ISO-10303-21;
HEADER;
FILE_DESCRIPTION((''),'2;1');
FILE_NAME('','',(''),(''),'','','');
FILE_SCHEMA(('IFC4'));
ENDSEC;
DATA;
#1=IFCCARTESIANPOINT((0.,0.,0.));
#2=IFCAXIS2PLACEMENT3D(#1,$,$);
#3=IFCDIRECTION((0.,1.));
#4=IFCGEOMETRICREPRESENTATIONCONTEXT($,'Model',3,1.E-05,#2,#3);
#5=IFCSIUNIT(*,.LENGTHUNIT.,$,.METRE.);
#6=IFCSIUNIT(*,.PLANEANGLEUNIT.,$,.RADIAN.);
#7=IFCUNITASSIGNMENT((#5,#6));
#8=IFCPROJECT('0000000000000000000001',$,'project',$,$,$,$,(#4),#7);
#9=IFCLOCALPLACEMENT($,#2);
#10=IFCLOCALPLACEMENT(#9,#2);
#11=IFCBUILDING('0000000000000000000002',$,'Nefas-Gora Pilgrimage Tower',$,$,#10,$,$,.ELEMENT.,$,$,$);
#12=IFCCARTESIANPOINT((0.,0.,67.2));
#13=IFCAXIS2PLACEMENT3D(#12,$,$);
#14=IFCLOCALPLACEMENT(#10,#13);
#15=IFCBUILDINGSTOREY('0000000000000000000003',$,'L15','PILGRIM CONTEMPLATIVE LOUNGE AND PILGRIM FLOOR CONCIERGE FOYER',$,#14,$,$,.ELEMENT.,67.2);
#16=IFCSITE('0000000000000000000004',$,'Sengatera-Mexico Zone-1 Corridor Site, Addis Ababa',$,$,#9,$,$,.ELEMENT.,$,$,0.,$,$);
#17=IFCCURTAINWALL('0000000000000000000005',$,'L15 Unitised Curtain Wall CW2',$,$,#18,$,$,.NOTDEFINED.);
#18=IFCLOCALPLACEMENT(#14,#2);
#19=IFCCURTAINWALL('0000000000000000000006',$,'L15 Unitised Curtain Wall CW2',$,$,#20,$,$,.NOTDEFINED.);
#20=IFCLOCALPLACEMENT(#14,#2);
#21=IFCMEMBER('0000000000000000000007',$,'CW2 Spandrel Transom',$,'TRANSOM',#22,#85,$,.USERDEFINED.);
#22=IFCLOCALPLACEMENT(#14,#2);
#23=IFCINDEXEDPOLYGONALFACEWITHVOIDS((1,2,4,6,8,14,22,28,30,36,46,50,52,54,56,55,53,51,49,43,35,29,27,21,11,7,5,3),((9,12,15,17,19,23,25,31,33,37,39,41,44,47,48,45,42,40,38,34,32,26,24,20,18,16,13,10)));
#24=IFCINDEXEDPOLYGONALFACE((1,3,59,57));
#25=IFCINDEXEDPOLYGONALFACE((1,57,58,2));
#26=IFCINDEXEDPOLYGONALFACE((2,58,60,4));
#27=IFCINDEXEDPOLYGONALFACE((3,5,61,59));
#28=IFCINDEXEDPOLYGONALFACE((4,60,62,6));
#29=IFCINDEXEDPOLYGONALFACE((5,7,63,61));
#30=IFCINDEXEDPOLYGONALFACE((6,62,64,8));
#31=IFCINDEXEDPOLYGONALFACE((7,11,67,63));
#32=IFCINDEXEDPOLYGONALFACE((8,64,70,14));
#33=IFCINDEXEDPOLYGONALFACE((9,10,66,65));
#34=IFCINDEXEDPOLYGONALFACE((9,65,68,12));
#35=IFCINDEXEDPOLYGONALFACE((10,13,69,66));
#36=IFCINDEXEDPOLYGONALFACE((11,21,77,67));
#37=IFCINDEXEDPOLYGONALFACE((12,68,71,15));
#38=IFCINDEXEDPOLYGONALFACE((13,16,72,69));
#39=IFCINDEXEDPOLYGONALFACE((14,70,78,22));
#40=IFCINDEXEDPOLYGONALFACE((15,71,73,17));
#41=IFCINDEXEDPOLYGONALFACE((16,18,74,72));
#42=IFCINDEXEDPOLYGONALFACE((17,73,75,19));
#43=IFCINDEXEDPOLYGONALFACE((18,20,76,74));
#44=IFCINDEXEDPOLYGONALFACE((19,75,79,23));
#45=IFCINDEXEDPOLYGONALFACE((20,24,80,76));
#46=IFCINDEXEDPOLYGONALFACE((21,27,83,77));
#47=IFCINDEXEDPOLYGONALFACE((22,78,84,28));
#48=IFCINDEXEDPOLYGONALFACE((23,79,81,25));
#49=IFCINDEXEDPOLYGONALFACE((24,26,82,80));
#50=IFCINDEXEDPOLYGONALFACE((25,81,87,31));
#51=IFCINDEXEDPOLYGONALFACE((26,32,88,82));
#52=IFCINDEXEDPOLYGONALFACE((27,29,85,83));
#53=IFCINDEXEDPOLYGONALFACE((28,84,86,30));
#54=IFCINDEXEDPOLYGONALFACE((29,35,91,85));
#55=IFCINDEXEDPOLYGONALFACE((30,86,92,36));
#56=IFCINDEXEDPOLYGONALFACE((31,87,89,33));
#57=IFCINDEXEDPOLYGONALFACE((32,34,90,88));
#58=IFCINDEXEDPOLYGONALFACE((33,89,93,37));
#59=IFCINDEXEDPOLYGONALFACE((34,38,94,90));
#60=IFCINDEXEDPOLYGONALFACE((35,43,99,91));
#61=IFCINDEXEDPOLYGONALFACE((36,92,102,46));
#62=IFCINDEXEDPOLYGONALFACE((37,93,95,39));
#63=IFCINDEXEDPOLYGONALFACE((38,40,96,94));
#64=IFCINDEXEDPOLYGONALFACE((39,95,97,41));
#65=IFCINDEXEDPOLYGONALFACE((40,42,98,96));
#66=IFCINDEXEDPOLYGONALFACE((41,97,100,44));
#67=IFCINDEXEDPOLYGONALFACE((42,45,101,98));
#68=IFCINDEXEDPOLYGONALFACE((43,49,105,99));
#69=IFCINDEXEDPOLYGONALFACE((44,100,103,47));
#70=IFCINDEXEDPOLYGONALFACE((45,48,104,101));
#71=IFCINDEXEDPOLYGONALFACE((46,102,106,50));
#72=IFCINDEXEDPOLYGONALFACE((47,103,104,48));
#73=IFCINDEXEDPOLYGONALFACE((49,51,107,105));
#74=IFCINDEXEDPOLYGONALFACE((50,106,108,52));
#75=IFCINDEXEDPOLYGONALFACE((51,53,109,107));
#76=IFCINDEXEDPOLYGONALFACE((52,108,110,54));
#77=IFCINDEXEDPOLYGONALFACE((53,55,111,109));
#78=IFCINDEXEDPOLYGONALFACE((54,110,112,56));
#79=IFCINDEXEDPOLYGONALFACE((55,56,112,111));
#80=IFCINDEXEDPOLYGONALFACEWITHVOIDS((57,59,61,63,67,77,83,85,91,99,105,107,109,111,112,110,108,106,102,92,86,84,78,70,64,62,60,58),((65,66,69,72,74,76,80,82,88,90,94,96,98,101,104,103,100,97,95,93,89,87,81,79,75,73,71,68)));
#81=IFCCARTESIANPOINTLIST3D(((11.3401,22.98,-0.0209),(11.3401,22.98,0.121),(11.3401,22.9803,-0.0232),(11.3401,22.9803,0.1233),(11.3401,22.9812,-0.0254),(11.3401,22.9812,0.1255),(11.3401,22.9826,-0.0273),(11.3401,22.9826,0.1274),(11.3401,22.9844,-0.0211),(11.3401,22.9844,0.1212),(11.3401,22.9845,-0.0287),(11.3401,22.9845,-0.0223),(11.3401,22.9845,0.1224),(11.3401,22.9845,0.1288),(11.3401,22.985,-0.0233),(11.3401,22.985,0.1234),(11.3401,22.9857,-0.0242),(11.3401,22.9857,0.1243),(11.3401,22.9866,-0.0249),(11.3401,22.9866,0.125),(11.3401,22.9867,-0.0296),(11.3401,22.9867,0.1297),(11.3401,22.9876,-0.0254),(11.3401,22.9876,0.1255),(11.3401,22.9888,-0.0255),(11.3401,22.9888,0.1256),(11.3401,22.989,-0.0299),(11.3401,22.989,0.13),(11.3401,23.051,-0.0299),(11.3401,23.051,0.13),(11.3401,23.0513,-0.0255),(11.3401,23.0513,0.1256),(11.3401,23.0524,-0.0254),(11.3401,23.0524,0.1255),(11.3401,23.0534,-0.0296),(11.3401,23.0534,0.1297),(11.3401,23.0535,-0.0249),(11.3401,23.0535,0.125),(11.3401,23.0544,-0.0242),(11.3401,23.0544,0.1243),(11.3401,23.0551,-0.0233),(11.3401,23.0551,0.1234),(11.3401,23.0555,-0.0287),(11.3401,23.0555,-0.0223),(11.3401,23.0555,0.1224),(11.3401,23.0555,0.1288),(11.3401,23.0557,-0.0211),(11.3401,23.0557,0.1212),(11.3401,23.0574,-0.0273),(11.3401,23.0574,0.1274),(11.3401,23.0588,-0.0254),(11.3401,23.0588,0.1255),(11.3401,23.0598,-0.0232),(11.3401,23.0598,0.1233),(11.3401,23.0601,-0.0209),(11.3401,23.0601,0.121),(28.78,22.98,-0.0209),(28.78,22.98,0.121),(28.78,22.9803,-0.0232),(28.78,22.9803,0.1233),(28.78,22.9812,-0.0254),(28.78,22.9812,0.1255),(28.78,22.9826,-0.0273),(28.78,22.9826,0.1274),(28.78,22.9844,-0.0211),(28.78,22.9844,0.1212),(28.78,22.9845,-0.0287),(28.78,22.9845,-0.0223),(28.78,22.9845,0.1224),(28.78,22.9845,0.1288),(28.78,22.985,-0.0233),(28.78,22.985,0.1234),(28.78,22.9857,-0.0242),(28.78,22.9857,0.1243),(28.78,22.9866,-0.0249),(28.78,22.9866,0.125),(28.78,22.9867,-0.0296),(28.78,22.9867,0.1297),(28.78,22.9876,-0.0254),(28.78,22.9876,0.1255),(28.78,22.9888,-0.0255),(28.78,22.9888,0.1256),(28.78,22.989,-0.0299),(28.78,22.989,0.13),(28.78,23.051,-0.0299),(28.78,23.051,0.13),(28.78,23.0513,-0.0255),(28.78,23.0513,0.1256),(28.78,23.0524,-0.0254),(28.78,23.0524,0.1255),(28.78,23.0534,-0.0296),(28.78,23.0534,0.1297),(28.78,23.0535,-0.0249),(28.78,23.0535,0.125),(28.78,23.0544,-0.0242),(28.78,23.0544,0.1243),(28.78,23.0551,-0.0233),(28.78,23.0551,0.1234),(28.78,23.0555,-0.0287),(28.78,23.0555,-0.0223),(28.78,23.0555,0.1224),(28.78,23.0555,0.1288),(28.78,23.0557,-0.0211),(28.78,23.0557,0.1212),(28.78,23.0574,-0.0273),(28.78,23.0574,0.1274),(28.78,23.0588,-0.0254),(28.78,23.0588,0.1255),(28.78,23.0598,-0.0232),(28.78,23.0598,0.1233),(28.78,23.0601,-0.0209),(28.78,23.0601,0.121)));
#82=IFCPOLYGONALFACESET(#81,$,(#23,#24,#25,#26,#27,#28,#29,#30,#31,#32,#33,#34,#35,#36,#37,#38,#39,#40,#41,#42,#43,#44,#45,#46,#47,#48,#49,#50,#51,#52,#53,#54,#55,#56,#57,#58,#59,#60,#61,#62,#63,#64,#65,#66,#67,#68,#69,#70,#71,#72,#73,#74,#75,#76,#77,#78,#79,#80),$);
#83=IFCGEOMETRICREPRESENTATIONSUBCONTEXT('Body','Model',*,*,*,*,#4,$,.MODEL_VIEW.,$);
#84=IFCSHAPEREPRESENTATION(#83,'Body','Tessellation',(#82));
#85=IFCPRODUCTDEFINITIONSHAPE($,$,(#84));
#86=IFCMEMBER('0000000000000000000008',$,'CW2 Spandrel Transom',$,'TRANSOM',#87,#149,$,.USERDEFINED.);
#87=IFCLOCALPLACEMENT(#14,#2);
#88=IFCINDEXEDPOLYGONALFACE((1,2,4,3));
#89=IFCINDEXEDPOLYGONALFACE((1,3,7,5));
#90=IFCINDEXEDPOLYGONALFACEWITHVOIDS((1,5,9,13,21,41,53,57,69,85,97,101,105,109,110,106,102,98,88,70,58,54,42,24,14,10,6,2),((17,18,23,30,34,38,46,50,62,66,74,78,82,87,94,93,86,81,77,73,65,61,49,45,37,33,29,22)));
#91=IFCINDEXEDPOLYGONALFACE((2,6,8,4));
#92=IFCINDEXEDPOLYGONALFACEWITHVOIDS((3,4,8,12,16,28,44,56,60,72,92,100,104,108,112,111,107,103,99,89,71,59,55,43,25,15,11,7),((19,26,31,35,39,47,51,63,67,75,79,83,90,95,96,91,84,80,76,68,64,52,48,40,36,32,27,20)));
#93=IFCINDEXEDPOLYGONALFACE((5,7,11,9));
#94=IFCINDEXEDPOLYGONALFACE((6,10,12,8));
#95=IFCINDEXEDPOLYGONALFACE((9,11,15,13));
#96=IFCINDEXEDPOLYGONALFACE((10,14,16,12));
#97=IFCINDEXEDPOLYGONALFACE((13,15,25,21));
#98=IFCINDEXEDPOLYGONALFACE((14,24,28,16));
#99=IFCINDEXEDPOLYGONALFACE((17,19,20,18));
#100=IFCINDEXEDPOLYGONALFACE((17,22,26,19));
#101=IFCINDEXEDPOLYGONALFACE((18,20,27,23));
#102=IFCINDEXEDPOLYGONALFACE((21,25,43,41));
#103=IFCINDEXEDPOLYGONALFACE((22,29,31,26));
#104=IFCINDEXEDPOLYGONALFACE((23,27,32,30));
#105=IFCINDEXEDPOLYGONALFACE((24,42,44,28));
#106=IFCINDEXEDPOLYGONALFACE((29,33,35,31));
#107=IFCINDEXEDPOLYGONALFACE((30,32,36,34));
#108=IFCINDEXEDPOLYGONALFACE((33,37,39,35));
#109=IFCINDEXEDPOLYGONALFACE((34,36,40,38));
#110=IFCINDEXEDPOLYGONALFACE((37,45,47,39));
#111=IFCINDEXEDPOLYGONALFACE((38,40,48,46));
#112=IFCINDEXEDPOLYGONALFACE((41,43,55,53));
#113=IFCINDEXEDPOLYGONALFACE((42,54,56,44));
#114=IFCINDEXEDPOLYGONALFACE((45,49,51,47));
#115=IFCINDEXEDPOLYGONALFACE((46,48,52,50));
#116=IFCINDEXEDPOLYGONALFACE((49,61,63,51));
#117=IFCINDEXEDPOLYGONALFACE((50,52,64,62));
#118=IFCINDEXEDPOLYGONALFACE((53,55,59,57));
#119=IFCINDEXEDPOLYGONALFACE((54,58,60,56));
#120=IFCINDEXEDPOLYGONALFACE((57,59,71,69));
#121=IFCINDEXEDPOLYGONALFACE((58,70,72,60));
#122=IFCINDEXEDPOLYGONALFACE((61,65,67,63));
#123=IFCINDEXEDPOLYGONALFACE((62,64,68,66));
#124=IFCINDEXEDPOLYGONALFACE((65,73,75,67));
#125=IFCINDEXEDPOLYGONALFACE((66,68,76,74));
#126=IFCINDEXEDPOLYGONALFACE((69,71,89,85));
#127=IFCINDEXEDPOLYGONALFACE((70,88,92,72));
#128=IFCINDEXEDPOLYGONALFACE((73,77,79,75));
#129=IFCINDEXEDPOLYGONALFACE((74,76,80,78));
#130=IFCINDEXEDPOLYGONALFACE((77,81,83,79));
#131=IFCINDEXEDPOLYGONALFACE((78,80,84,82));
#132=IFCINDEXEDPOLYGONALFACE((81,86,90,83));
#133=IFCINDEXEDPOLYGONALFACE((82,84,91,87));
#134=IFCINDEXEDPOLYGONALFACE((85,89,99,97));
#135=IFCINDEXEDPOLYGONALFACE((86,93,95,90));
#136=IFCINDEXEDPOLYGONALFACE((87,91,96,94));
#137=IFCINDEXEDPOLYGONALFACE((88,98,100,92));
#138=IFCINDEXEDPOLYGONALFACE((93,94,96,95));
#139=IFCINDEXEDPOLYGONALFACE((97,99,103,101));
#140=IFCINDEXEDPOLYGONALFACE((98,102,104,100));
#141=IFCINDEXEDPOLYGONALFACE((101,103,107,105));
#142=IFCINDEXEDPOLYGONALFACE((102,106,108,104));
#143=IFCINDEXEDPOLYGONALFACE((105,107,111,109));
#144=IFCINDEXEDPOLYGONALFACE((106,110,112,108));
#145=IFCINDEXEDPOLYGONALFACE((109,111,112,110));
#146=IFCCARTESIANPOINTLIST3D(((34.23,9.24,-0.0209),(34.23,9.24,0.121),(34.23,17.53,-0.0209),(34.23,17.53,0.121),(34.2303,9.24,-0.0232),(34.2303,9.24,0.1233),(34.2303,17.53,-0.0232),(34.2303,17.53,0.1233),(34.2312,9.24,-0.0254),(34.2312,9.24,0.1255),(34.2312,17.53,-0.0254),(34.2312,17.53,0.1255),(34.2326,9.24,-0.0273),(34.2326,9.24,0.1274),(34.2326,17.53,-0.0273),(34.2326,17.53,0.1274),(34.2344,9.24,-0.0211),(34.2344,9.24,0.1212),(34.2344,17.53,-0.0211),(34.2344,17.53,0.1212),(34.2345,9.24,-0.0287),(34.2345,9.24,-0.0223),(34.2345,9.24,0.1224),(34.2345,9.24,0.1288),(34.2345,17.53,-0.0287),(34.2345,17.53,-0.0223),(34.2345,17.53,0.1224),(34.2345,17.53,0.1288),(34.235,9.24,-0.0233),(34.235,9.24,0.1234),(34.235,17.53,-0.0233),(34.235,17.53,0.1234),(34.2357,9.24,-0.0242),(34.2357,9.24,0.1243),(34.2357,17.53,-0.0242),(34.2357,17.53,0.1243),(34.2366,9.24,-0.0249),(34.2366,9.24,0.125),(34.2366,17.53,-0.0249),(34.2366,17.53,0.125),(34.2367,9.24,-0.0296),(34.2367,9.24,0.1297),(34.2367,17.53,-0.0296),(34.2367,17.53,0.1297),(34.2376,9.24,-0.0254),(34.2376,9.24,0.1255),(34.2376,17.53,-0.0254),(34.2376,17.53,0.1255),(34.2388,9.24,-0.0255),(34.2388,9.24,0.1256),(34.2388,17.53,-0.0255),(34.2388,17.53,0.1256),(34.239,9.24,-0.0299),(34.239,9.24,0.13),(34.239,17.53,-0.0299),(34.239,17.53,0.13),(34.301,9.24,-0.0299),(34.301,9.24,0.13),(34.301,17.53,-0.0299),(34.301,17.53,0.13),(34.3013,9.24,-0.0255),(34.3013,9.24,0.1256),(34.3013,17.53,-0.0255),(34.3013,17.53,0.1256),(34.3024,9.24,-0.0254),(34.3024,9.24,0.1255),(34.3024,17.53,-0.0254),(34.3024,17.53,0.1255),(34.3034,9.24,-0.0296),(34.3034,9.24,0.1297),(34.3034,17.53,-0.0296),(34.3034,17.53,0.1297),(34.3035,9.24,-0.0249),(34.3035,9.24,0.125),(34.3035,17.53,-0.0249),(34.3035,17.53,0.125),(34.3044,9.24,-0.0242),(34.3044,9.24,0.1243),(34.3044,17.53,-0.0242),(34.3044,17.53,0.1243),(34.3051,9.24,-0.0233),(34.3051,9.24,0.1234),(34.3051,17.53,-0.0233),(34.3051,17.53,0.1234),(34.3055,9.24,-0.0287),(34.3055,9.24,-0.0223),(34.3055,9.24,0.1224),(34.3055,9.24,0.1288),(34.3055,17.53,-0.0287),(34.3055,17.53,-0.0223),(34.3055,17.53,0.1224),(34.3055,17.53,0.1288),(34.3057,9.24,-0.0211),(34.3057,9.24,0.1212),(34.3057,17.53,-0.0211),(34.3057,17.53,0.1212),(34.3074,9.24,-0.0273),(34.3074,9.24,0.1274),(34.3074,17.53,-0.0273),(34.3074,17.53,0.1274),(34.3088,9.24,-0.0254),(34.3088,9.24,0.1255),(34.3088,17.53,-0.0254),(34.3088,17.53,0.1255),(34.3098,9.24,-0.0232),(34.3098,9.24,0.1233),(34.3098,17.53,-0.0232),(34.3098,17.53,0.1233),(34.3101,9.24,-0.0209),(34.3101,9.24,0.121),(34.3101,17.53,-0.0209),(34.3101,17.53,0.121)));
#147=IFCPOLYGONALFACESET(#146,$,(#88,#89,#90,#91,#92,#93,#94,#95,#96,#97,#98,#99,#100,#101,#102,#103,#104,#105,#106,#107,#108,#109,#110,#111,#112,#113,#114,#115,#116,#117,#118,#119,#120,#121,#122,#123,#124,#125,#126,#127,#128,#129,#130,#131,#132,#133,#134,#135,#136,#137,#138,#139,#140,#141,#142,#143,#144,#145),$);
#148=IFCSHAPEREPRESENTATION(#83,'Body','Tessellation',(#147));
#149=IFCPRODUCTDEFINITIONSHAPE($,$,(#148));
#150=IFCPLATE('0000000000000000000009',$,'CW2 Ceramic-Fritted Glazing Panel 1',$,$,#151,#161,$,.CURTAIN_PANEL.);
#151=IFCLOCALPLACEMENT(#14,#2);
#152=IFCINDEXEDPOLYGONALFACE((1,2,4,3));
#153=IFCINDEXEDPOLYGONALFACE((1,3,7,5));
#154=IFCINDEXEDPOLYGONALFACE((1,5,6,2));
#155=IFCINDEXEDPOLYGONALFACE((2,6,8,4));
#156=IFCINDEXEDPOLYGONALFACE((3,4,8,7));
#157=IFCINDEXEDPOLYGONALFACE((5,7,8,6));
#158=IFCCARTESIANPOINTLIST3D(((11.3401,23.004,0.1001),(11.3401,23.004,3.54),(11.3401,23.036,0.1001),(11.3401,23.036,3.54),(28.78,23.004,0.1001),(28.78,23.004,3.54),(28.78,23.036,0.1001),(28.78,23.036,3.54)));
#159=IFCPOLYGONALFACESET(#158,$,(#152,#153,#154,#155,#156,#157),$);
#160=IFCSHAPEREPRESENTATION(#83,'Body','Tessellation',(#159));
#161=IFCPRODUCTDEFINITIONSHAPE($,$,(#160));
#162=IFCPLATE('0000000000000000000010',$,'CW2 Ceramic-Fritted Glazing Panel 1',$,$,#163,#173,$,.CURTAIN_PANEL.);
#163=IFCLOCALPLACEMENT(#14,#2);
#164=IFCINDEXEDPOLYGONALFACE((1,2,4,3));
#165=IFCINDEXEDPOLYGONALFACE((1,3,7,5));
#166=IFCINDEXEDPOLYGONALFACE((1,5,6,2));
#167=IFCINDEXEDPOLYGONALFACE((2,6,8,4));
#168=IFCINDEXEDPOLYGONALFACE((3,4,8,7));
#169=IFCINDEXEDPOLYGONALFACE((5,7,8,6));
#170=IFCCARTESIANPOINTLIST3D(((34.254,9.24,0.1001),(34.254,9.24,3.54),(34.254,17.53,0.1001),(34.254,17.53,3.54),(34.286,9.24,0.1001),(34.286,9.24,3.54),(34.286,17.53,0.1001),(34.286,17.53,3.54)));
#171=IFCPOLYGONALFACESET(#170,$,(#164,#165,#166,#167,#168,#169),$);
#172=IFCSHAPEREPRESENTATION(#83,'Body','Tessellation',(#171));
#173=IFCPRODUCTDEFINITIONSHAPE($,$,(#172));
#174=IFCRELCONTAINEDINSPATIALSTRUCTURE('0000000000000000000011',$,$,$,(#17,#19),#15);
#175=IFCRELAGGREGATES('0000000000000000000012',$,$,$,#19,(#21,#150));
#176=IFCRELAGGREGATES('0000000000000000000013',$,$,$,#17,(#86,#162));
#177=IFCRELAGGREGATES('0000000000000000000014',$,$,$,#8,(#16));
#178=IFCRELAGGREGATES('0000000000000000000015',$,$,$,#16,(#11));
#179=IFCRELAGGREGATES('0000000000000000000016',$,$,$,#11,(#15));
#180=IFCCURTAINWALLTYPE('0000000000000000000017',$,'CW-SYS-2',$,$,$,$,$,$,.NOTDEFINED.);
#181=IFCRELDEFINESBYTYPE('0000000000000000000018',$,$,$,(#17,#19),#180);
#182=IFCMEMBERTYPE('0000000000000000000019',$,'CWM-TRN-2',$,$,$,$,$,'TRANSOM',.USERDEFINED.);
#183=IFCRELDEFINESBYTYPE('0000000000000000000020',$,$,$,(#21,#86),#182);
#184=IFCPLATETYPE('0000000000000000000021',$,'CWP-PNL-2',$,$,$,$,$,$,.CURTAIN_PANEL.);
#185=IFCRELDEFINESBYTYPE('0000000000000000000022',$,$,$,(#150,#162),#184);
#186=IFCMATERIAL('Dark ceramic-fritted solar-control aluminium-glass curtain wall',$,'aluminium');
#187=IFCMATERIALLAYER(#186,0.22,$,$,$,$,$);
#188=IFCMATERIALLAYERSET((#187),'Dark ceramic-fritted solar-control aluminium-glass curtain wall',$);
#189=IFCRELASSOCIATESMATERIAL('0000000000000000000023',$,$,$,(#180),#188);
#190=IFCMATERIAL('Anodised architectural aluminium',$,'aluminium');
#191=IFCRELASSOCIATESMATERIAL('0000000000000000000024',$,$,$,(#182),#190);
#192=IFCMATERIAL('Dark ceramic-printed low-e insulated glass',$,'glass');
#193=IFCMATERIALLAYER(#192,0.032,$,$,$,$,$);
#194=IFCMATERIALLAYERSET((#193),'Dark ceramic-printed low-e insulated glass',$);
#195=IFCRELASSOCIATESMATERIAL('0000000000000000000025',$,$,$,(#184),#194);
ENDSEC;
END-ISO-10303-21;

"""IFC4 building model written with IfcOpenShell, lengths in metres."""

from ifc_helpers import new_model, si_unit, direction, frame, origin, origin_2d, place, context, subcontext, project, spatial, rectangle, hollow_rectangle, extrude, source, transform, mapped, material, layer, layer_set, material_profile, profile_set, type_object, element, aggregate, save


model = new_model("IFC4")

# Units and contexts
model_context = context("Model", 3, precision=1e-05, world=origin(), true_north=direction((0.0, 1.0)))
body_context = subcontext(model_context, "Body", "Model", "MODEL_VIEW")
ifc_project = project(units=[si_unit("LENGTHUNIT", "METRE"), si_unit("PLANEANGLEUNIT", "RADIAN")], contexts=[model_context])

# Site, building, storey
site_placement = place(None, origin())
site = spatial("IfcSite", under=ifc_project, at=site_placement, Name="Sengatera-Mexico Zone-1 Corridor Site, Addis Ababa", CompositionType="ELEMENT", RefElevation=0.0)
building_placement = place(site_placement, origin())
building = spatial("IfcBuilding", under=site, at=building_placement, Name="Nefas-Gora Pilgrimage Tower", CompositionType="ELEMENT")
storey_placement = place(building_placement, frame((0.0, 0.0, 67.2)))
storey = spatial("IfcBuildingStorey", under=building, at=storey_placement, Name="L15", Description="PILGRIM CONTEMPLATIVE LOUNGE AND PILGRIM FLOOR CONCIERGE FOYER", CompositionType="ELEMENT", Elevation=67.2)

# Curtain wall
ifc_material_1 = material(Name="Dark ceramic-fritted solar-control aluminium-glass curtain wall", Category="aluminium")
ifc_layer_1 = layer(ifc_material_1, 0.22)
ifc_layer_set_1 = layer_set([ifc_layer_1], Name="Dark ceramic-fritted solar-control aluminium-glass curtain wall")
curtain_wall_type = type_object("IfcCurtainWallType", Name="CW-SYS-2", PredefinedType="NOTDEFINED", material=ifc_layer_set_1)
curtain_wall_1_placement = place(storey_placement, origin())
curtain_wall_1 = element("IfcCurtainWall", 1, at=curtain_wall_1_placement, inside=storey, type_object=curtain_wall_type, Name="L15 Unitised Curtain Wall CW2", PredefinedType="NOTDEFINED")
ifc_material_2 = material(Name="Anodised architectural aluminium", Category="aluminium")

# Curtain wall, member
curtain_wall_2_placement = place(storey_placement, origin())
curtain_wall_2 = element("IfcCurtainWall", 2, at=curtain_wall_2_placement, inside=storey, type_object=curtain_wall_type, Name="L15 Unitised Curtain Wall CW2", PredefinedType="NOTDEFINED")
ifc_material_profile_1 = material_profile(ifc_material_2, hollow_rectangle(XDim=0.0801, YDim=0.1599, WallThickness=0.0044, InnerFilletRadius=0.0044, OuterFilletRadius=0.009, at=origin_2d()), Name="ALU TRANSOM 80x160")
ifc_profile_set_1 = profile_set([ifc_material_profile_1], Name="Anodised architectural aluminium")
member_type_1 = type_object("IfcMemberType", Name="CWM-TRN-2", ElementType="TRANSOM", PredefinedType="USERDEFINED", material=ifc_profile_set_1)
shared_shape_1 = source(origin(), body_context, "Body", "SweptSolid", [
    extrude(hollow_rectangle(XDim=0.0801, YDim=0.1599, WallThickness=0.0044, InnerFilletRadius=0.0044, OuterFilletRadius=0.009, at=origin_2d()), origin(), (0.0, 0.0, 1.0), 17.4399),
])
member_1_placement = place(storey_placement, frame((28.78, 23.02, 0.05), z_axis=(-1.0, 0.0, 0.0), x_axis=(0.0, -1.0, 0.0)))
member_1 = element("IfcMember", 3, at=member_1_placement, type_object=member_type_1, Name="CW2 Spandrel Transom", ObjectType="TRANSOM", PredefinedType="USERDEFINED", context=body_context, shape_type="MappedRepresentation", body=[
    mapped(shared_shape_1, transform((0.0, 0.0, 0.0), x_axis=(1.0, 0.0, 0.0), y_axis=(0.0, 1.0, 0.0), z_axis=(0.0, 0.0, 1.0), scale=1.0)),
])

# Member
shared_shape_2 = source(origin(), body_context, "Body", "SweptSolid", [
    extrude(hollow_rectangle(XDim=0.0801, YDim=0.1599, WallThickness=0.0044, InnerFilletRadius=0.0044, OuterFilletRadius=0.009, at=origin_2d()), origin(), (0.0, 0.0, 1.0), 8.29),
])
member_2_placement = place(storey_placement, frame((34.27, 9.24, 0.05), z_axis=(0.0, 1.0, 0.0), x_axis=(-1.0, 0.0, 0.0)))
member_2 = element("IfcMember", 4, at=member_2_placement, type_object=member_type_1, Name="CW2 Spandrel Transom", ObjectType="TRANSOM", PredefinedType="USERDEFINED", context=body_context, shape_type="MappedRepresentation", body=[
    mapped(shared_shape_2, transform((0.0, 0.0, 0.0), x_axis=(1.0, 0.0, 0.0), y_axis=(0.0, 1.0, 0.0), z_axis=(0.0, 0.0, 1.0), scale=1.0)),
])

# Plates
ifc_material_3 = material(Name="Dark ceramic-printed low-e insulated glass", Category="glass")
ifc_layer_2 = layer(ifc_material_3, 0.032)
ifc_layer_set_2 = layer_set([ifc_layer_2], Name="Dark ceramic-printed low-e insulated glass")
plate_type = type_object("IfcPlateType", Name="CWP-PNL-2", PredefinedType="CURTAIN_PANEL", material=ifc_layer_set_2)
shared_shape_3 = source(origin(), body_context, "Body", "SweptSolid", [
    extrude(rectangle(XDim=17.4399, YDim=0.032, at=origin_2d()), origin(), (0.0, 0.0, 1.0), 3.4399),
])
plate_1_placement = place(storey_placement, frame((20.0601, 23.02, 0.1001), z_axis=(0.0, 0.0, 1.0), x_axis=(-1.0, 0.0, 0.0)))
plate_1 = element("IfcPlate", 5, at=plate_1_placement, type_object=plate_type, Name="CW2 Ceramic-Fritted Glazing Panel 1", PredefinedType="CURTAIN_PANEL", context=body_context, shape_type="MappedRepresentation", body=[
    mapped(shared_shape_3, transform((0.0, 0.0, 0.0), x_axis=(1.0, 0.0, 0.0), y_axis=(0.0, 1.0, 0.0), z_axis=(0.0, 0.0, 1.0), scale=1.0)),
])
aggregate(curtain_wall_2, [member_1, plate_1])
shared_shape_4 = source(origin(), body_context, "Body", "SweptSolid", [
    extrude(rectangle(XDim=8.29, YDim=0.032, at=origin_2d()), origin(), (0.0, 0.0, 1.0), 3.4399),
])
plate_2_placement = place(storey_placement, frame((34.27, 13.385, 0.1001), z_axis=(0.0, 0.0, 1.0), x_axis=(0.0, 1.0, 0.0)))
plate_2 = element("IfcPlate", 6, at=plate_2_placement, type_object=plate_type, Name="CW2 Ceramic-Fritted Glazing Panel 1", PredefinedType="CURTAIN_PANEL", context=body_context, shape_type="MappedRepresentation", body=[
    mapped(shared_shape_4, transform((0.0, 0.0, 0.0), x_axis=(1.0, 0.0, 0.0), y_axis=(0.0, 1.0, 0.0), z_axis=(0.0, 0.0, 1.0), scale=1.0)),
])
aggregate(curtain_wall_1, [member_2, plate_2])

save(model, "model.ifc")
